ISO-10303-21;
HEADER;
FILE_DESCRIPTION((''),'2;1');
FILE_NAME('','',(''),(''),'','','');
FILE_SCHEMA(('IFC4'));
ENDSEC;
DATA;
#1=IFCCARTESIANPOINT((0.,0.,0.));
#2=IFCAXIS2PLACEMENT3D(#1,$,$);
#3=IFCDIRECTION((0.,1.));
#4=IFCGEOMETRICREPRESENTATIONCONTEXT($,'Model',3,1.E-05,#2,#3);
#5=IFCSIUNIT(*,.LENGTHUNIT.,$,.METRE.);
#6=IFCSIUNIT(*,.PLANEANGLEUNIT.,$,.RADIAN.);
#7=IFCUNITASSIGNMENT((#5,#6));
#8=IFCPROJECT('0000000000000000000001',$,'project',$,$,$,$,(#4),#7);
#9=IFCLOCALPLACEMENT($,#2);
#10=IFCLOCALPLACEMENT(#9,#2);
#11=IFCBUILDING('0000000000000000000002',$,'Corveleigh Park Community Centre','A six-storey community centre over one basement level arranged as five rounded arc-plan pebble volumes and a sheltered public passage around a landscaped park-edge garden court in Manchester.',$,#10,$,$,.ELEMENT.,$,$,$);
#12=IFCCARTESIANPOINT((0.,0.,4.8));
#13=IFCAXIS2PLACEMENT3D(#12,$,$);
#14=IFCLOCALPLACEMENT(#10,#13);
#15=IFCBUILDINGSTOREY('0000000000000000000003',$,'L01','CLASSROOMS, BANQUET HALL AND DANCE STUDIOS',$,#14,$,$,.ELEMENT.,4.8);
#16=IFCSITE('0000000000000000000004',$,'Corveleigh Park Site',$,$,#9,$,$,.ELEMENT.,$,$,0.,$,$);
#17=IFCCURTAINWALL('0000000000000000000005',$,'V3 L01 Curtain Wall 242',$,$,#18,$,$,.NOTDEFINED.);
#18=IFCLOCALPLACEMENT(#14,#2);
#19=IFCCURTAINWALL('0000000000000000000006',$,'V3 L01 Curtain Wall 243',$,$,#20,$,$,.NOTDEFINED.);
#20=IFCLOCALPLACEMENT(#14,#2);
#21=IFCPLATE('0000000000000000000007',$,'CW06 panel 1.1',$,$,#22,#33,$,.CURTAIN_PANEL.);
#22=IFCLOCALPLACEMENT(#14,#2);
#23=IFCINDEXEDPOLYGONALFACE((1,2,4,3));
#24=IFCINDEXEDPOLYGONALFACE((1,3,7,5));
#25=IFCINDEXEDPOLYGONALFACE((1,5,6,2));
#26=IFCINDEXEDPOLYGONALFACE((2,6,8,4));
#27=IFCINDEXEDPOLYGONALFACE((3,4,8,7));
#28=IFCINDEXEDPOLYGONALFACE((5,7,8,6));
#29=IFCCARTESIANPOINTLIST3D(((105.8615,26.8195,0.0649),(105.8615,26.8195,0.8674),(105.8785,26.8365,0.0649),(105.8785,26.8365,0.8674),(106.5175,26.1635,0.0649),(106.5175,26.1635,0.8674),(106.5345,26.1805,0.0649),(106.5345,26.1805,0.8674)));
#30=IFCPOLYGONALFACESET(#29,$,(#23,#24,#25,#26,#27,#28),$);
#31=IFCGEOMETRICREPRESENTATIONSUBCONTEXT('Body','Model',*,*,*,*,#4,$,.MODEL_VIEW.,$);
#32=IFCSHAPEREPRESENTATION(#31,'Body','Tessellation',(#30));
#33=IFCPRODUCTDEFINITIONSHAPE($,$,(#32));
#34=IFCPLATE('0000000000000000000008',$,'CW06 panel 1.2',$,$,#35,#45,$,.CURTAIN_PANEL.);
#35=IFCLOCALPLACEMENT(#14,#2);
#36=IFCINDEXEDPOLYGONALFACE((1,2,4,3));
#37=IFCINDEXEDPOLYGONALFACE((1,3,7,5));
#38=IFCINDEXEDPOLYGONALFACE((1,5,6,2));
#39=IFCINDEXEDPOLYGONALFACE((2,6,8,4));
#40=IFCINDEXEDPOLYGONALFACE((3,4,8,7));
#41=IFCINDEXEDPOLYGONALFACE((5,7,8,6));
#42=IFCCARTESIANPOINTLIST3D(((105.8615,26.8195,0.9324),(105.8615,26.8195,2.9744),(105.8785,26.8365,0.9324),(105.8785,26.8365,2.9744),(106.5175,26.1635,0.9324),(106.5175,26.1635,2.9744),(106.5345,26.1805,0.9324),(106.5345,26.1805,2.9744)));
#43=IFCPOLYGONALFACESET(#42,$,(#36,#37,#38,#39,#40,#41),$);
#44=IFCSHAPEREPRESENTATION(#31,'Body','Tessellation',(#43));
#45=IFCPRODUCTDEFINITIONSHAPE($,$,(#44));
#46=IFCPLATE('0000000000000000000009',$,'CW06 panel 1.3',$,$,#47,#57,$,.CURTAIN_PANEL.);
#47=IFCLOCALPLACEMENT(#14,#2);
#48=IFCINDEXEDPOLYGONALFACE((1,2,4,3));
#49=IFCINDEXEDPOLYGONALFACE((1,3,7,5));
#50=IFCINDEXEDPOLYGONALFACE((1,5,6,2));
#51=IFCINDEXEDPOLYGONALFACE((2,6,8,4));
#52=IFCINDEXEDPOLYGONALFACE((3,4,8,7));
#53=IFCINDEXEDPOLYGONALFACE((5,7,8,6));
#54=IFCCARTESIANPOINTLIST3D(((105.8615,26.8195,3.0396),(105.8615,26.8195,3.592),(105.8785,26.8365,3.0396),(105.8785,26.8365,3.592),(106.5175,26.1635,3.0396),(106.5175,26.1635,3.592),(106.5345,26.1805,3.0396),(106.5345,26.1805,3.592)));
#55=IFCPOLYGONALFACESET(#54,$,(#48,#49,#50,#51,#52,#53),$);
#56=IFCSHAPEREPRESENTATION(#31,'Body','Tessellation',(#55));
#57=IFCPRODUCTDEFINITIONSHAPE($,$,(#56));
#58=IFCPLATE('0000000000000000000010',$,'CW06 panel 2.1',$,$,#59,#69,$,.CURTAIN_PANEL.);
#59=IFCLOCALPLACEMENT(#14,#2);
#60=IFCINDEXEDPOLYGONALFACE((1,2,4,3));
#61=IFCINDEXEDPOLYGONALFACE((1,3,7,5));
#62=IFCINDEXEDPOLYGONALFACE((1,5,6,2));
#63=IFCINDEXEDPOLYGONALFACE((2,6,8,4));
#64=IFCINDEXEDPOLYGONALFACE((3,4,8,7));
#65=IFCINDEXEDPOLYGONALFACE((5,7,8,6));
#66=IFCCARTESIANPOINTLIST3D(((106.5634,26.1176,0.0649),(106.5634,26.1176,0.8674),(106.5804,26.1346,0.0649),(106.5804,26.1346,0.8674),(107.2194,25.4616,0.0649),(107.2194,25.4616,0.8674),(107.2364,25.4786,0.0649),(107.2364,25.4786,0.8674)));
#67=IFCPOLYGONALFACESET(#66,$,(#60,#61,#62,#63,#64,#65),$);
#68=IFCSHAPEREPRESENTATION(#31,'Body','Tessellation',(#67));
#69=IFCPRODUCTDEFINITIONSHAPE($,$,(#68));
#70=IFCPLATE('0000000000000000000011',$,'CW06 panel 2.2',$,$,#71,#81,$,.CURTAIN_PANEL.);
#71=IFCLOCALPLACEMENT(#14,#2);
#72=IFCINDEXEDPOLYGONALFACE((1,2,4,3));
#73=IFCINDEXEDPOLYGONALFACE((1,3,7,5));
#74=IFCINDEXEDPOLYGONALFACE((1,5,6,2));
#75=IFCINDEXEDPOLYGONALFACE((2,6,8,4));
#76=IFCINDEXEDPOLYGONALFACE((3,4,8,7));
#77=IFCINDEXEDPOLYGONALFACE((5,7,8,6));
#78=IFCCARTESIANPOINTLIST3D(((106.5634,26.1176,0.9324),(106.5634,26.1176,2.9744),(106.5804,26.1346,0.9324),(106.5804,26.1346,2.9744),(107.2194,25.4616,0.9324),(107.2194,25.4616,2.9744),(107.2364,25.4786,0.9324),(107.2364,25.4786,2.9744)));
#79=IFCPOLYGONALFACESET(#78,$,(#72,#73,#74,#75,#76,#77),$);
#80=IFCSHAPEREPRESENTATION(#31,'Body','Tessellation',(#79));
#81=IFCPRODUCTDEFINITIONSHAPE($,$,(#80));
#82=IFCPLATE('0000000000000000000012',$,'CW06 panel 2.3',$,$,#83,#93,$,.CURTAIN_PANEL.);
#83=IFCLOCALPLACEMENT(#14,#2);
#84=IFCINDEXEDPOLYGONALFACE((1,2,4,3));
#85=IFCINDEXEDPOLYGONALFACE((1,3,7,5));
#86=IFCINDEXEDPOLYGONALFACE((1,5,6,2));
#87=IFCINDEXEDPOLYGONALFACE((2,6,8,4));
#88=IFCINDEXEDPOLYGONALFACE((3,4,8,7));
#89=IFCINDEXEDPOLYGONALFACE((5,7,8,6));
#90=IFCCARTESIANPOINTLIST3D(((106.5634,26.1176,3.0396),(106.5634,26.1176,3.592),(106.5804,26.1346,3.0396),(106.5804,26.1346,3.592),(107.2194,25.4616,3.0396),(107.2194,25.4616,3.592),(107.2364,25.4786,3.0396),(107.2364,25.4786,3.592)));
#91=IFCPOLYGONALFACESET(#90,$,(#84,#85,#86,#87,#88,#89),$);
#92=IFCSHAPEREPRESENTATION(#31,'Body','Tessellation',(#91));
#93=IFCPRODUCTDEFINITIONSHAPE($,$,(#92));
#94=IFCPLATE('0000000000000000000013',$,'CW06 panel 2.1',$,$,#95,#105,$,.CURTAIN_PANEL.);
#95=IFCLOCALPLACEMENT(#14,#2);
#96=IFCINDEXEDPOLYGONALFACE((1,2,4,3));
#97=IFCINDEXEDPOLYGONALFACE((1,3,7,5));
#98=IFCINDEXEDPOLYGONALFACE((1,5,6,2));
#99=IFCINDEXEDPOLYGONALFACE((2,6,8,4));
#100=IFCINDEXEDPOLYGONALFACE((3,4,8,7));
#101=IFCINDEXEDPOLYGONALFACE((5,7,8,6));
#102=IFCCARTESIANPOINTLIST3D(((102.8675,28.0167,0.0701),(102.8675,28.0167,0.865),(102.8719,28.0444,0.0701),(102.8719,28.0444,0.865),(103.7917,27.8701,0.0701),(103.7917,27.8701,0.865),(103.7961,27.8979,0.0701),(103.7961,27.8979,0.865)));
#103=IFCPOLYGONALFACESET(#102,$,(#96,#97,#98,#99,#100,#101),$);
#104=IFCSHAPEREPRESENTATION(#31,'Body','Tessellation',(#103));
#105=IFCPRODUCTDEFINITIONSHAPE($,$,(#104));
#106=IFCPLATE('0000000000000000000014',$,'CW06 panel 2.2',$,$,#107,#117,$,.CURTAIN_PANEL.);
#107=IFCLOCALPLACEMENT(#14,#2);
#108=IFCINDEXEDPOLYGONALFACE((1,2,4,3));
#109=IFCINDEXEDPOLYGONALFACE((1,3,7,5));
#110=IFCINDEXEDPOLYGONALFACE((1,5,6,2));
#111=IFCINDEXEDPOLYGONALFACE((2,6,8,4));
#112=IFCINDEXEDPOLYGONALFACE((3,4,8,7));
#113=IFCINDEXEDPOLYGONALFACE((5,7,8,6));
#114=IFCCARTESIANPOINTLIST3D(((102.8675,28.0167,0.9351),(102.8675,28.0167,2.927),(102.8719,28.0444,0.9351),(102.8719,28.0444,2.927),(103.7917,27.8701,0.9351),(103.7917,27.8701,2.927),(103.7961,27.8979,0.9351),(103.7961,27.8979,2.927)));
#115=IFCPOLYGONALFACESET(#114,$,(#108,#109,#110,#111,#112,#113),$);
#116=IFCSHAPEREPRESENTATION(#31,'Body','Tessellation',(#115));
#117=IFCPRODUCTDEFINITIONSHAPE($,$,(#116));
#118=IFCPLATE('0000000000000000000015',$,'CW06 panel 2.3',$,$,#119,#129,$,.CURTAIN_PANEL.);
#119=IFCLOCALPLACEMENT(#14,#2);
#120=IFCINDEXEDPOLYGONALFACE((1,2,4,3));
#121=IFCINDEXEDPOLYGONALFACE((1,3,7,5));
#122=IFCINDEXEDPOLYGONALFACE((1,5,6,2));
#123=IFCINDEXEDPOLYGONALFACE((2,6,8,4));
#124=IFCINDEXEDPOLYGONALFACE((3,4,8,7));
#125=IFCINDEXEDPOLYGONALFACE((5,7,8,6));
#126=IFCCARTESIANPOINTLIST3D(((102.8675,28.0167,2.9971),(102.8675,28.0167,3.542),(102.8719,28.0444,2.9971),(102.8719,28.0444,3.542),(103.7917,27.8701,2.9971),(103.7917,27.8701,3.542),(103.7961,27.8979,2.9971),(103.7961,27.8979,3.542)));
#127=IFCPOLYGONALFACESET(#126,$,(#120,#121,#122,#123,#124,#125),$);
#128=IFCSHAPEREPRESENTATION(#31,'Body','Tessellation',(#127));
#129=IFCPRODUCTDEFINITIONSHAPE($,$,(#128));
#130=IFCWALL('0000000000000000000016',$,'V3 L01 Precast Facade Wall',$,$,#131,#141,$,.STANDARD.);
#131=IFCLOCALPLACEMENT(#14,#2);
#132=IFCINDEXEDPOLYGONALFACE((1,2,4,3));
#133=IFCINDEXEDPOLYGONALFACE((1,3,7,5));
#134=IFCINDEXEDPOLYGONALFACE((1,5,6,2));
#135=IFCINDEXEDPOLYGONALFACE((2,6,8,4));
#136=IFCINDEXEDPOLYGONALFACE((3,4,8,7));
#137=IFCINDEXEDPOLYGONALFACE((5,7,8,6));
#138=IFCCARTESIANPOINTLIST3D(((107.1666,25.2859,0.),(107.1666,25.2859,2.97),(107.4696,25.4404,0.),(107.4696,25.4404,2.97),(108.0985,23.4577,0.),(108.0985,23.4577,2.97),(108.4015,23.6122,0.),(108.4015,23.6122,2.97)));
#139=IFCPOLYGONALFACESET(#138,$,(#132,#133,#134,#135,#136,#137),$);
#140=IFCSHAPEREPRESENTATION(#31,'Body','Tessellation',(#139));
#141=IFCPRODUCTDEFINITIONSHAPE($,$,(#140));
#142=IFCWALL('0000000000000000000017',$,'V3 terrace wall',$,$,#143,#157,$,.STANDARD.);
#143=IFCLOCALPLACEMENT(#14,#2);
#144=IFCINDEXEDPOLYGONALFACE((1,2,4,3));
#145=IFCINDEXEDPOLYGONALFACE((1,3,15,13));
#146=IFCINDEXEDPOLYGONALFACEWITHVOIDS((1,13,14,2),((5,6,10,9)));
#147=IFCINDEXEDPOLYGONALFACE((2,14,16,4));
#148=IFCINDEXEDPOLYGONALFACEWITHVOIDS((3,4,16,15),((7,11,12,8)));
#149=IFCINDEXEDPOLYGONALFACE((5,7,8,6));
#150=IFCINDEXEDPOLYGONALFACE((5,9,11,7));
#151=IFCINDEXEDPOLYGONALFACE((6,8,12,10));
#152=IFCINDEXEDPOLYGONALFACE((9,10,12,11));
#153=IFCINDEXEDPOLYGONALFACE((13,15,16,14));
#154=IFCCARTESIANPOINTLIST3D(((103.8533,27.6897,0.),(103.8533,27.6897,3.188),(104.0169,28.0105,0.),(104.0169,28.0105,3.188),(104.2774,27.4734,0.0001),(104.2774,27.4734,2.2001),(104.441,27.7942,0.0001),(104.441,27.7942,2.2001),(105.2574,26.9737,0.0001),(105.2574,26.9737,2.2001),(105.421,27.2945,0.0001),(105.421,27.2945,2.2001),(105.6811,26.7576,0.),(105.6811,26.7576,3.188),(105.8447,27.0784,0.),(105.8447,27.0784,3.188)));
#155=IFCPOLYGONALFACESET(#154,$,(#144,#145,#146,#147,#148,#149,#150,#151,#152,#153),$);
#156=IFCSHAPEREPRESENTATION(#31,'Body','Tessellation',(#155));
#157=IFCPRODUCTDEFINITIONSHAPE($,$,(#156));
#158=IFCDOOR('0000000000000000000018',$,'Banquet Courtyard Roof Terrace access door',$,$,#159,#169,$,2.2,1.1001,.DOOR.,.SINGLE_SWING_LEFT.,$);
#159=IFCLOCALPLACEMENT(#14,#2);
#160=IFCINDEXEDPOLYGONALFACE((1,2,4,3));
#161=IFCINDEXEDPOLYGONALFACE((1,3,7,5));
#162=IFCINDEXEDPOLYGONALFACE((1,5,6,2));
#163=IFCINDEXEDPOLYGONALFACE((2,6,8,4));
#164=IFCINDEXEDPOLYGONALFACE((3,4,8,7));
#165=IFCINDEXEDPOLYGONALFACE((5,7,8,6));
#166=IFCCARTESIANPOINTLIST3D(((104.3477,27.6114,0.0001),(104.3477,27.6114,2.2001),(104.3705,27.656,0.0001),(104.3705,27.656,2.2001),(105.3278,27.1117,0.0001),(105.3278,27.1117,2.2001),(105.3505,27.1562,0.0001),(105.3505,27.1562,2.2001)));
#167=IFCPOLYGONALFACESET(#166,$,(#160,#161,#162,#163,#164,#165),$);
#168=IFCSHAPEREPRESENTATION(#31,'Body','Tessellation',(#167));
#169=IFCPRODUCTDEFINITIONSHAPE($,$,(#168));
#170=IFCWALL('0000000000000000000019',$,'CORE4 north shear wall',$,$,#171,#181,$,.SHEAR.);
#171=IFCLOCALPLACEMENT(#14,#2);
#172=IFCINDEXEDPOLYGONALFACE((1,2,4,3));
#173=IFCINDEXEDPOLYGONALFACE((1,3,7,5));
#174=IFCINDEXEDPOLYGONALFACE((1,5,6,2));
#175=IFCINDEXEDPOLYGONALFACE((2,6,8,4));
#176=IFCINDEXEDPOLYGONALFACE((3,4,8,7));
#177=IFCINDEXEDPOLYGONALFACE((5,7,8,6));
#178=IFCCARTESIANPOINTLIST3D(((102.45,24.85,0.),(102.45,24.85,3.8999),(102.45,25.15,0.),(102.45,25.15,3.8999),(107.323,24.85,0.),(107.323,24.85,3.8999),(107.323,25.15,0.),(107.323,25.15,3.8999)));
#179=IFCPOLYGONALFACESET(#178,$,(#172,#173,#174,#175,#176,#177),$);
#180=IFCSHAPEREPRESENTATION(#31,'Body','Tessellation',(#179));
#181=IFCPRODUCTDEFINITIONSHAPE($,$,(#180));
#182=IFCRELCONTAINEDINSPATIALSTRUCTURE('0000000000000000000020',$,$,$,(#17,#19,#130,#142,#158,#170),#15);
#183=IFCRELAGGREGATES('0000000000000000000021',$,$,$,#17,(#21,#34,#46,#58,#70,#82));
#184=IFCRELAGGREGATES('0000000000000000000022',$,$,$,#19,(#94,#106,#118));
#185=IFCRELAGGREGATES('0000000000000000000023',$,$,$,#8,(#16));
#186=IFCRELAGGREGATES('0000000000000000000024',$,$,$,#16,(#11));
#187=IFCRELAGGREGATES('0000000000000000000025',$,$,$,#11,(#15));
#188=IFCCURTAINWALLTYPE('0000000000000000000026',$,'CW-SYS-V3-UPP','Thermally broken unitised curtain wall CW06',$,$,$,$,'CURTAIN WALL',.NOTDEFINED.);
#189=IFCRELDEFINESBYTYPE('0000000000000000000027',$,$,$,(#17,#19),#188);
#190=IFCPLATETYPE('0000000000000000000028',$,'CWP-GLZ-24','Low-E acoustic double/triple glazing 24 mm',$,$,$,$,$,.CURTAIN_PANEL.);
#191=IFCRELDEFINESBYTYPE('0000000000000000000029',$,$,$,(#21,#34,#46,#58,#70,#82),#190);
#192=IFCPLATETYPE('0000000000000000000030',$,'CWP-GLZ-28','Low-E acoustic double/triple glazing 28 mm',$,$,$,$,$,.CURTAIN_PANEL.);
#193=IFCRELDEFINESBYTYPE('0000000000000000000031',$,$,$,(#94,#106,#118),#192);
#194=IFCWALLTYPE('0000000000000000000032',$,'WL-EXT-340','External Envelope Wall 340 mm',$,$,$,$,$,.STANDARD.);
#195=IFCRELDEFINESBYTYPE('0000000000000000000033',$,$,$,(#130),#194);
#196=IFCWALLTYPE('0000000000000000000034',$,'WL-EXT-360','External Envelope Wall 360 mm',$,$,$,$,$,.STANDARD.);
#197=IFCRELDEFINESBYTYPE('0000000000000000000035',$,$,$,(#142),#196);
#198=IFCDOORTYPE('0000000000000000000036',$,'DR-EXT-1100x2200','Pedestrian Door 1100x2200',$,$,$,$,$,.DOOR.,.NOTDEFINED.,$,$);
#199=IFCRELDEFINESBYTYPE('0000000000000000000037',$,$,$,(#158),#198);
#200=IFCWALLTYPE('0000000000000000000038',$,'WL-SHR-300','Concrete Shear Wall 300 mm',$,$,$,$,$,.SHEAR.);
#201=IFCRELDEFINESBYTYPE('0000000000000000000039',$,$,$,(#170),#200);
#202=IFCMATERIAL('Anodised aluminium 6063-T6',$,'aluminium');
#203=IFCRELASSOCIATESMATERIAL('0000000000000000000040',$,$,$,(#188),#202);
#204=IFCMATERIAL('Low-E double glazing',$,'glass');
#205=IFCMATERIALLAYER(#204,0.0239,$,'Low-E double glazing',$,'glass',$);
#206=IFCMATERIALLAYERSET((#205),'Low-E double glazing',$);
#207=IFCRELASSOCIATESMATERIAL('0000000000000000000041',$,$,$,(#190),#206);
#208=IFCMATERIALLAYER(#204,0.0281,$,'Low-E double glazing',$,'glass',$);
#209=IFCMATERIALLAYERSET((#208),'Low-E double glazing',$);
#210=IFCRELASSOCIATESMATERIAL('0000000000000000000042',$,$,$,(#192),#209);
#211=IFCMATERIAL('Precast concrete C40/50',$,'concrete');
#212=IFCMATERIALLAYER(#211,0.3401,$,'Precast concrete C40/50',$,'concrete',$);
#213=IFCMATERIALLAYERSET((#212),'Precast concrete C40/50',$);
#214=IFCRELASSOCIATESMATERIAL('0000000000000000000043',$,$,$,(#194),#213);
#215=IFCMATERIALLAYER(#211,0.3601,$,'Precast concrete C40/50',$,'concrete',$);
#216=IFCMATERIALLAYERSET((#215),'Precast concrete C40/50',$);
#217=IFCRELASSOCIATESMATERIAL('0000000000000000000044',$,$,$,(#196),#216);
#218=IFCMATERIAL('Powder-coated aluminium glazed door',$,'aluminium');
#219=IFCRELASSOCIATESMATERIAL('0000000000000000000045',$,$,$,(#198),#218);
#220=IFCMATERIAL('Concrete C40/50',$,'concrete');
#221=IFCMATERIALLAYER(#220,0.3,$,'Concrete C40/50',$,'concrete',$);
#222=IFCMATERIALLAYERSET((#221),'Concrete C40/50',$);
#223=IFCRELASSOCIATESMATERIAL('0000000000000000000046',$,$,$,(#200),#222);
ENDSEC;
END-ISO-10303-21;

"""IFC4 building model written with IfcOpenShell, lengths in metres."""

from ifc_helpers import new_model, si_unit, direction, frame, frame_2d, origin, origin_2d, place, context, subcontext, project, spatial, rectangle, extrude, material, layer, layer_set, type_object, element, fill, aggregate, save


model = new_model("IFC4")

# Units and contexts
model_context = context("Model", 3, precision=1e-05, world=origin(), true_north=direction((0.0, 1.0)))
body_context = subcontext(model_context, "Body", "Model", "MODEL_VIEW")
ifc_project = project(units=[si_unit("LENGTHUNIT", "METRE"), si_unit("PLANEANGLEUNIT", "RADIAN")], contexts=[model_context])

# Site, building, storey
site_placement = place(None, origin())
site = spatial("IfcSite", under=ifc_project, at=site_placement, Name="Corveleigh Park Site", CompositionType="ELEMENT", RefElevation=0.0)
building_placement = place(site_placement, origin())
building = spatial("IfcBuilding", under=site, at=building_placement, Name="Corveleigh Park Community Centre", Description="A six-storey community centre over one basement level arranged as five rounded arc-plan pebble volumes and a sheltered public passage around a landscaped park-edge garden court in Manchester.", CompositionType="ELEMENT")
storey_placement = place(building_placement, frame((0.0, 0.0, 4.8)))
storey = spatial("IfcBuildingStorey", under=building, at=storey_placement, Name="L01", Description="CLASSROOMS, BANQUET HALL AND DANCE STUDIOS", CompositionType="ELEMENT", Elevation=4.8)

# Shared definitions
ifc_material_1 = material(Name="Concrete C40/50", Category="concrete")

# Curtain wall
ifc_material_2 = material(Name="Anodised aluminium 6063-T6", Category="aluminium")
curtain_wall_type = type_object("IfcCurtainWallType", Name="CW-SYS-V3-UPP", Description="Thermally broken unitised curtain wall CW06", ElementType="CURTAIN WALL", PredefinedType="NOTDEFINED", material=ifc_material_2)
curtain_wall_1_placement = place(storey_placement, origin())
curtain_wall_1 = element("IfcCurtainWall", 1, at=curtain_wall_1_placement, inside=storey, type_object=curtain_wall_type, Name="V3 L01 Curtain Wall 242", PredefinedType="NOTDEFINED")

# Curtain wall
curtain_wall_2_placement = place(storey_placement, origin())
curtain_wall_2 = element("IfcCurtainWall", 2, at=curtain_wall_2_placement, inside=storey, type_object=curtain_wall_type, Name="V3 L01 Curtain Wall 243", PredefinedType="NOTDEFINED")

# Plates
ifc_material_3 = material(Name="Low-E double glazing", Category="glass")
ifc_layer_1 = layer(ifc_material_3, 0.0239, Name="Low-E double glazing", Category="glass")
ifc_layer_set_1 = layer_set([ifc_layer_1], Name="Low-E double glazing")
plate_type_1 = type_object("IfcPlateType", Name="CWP-GLZ-24", Description="Low-E acoustic double/triple glazing 24 mm", PredefinedType="CURTAIN_PANEL", material=ifc_layer_set_1)
plate_1_placement = place(storey_placement, frame((106.198, 26.5, 0.0649), z_axis=(0.0, 0.0, 1.0), x_axis=(0.707107, -0.707107, 0.0)))
plate_1 = element("IfcPlate", 3, at=plate_1_placement, type_object=plate_type_1, Name="CW06 panel 1.1", PredefinedType="CURTAIN_PANEL", context=body_context, shape_type="SweptSolid", body=[
    extrude(rectangle(XDim=0.9277, YDim=0.0239, at=origin_2d()), origin(), (0.0, 0.0, 1.0), 0.8025),
])
plate_2_placement = place(storey_placement, frame((106.198, 26.5, 0.9324), z_axis=(0.0, 0.0, 1.0), x_axis=(0.707107, -0.707107, 0.0)))
plate_2 = element("IfcPlate", 4, at=plate_2_placement, type_object=plate_type_1, Name="CW06 panel 1.2", PredefinedType="CURTAIN_PANEL", context=body_context, shape_type="SweptSolid", body=[
    extrude(rectangle(XDim=0.9277, YDim=0.0239, at=origin_2d()), origin(), (0.0, 0.0, 1.0), 2.042),
])
plate_3_placement = place(storey_placement, frame((106.198, 26.5, 3.0396), z_axis=(0.0, 0.0, 1.0), x_axis=(0.707107, -0.707107, 0.0)))
plate_3 = element("IfcPlate", 5, at=plate_3_placement, type_object=plate_type_1, Name="CW06 panel 1.3", PredefinedType="CURTAIN_PANEL", context=body_context, shape_type="SweptSolid", body=[
    extrude(rectangle(XDim=0.9277, YDim=0.0239, at=origin_2d()), origin(), (0.0, 0.0, 1.0), 0.5525),
])
plate_4_placement = place(storey_placement, frame((106.8999, 25.7981, 0.0649), z_axis=(0.0, 0.0, 1.0), x_axis=(0.707107, -0.707107, 0.0)))
plate_4 = element("IfcPlate", 6, at=plate_4_placement, type_object=plate_type_1, Name="CW06 panel 2.1", PredefinedType="CURTAIN_PANEL", context=body_context, shape_type="SweptSolid", body=[
    extrude(rectangle(XDim=0.9277, YDim=0.0239, at=origin_2d()), origin(), (0.0, 0.0, 1.0), 0.8025),
])
plate_5_placement = place(storey_placement, frame((106.8999, 25.7981, 0.9324), z_axis=(0.0, 0.0, 1.0), x_axis=(0.707107, -0.707107, 0.0)))
plate_5 = element("IfcPlate", 7, at=plate_5_placement, type_object=plate_type_1, Name="CW06 panel 2.2", PredefinedType="CURTAIN_PANEL", context=body_context, shape_type="SweptSolid", body=[
    extrude(rectangle(XDim=0.9277, YDim=0.0239, at=origin_2d()), origin(), (0.0, 0.0, 1.0), 2.042),
])
plate_6_placement = place(storey_placement, frame((106.8999, 25.7981, 3.0396), z_axis=(0.0, 0.0, 1.0), x_axis=(0.707107, -0.707107, 0.0)))
plate_6 = element("IfcPlate", 8, at=plate_6_placement, type_object=plate_type_1, Name="CW06 panel 2.3", PredefinedType="CURTAIN_PANEL", context=body_context, shape_type="SweptSolid", body=[
    extrude(rectangle(XDim=0.9277, YDim=0.0239, at=origin_2d()), origin(), (0.0, 0.0, 1.0), 0.5525),
])
aggregate(curtain_wall_1, [plate_1, plate_2, plate_3, plate_4, plate_5, plate_6])
ifc_layer_2 = layer(ifc_material_3, 0.0281, Name="Low-E double glazing", Category="glass")
ifc_layer_set_2 = layer_set([ifc_layer_2], Name="Low-E double glazing")
plate_type_2 = type_object("IfcPlateType", Name="CWP-GLZ-28", Description="Low-E acoustic double/triple glazing 28 mm", PredefinedType="CURTAIN_PANEL", material=ifc_layer_set_2)
plate_7_placement = place(storey_placement, frame((103.3318, 27.9573, 0.0701), z_axis=(0.0, 0.0, 1.0), x_axis=(0.987661, -0.156604, 0.0)))
plate_7 = element("IfcPlate", 9, at=plate_7_placement, type_object=plate_type_2, Name="CW06 panel 2.1", PredefinedType="CURTAIN_PANEL", context=body_context, shape_type="SweptSolid", body=[
    extrude(rectangle(XDim=0.9358, YDim=0.0281, at=origin_2d()), origin(), (0.0, 0.0, 1.0), 0.7949),
])
plate_8_placement = place(storey_placement, frame((103.3318, 27.9573, 0.9351), z_axis=(0.0, 0.0, 1.0), x_axis=(0.987661, -0.156604, 0.0)))
plate_8 = element("IfcPlate", 10, at=plate_8_placement, type_object=plate_type_2, Name="CW06 panel 2.2", PredefinedType="CURTAIN_PANEL", context=body_context, shape_type="SweptSolid", body=[
    extrude(rectangle(XDim=0.9358, YDim=0.0281, at=origin_2d()), origin(), (0.0, 0.0, 1.0), 1.9919),
])
plate_9_placement = place(storey_placement, frame((103.3318, 27.9573, 2.9971), z_axis=(0.0, 0.0, 1.0), x_axis=(0.987661, -0.156604, 0.0)))
plate_9 = element("IfcPlate", 11, at=plate_9_placement, type_object=plate_type_2, Name="CW06 panel 2.3", PredefinedType="CURTAIN_PANEL", context=body_context, shape_type="SweptSolid", body=[
    extrude(rectangle(XDim=0.9358, YDim=0.0281, at=origin_2d()), origin(), (0.0, 0.0, 1.0), 0.5449),
])
aggregate(curtain_wall_2, [plate_7, plate_8, plate_9])

# Wall
ifc_material_4 = material(Name="Precast concrete C40/50", Category="concrete")
ifc_layer_3 = layer(ifc_material_4, 0.3401, Name="Precast concrete C40/50", Category="concrete")
ifc_layer_set_3 = layer_set([ifc_layer_3], Name="Precast concrete C40/50")
wall_type_1 = type_object("IfcWallType", Name="WL-EXT-340", Description="External Envelope Wall 340 mm", PredefinedType="STANDARD", material=ifc_layer_set_3)
wall_1_placement = place(storey_placement, frame((107.3181, 25.363, 0.0), z_axis=(0.0, 0.0, 1.0), x_axis=(0.454149, -0.890926, 0.0)))
element("IfcWall", 12, at=wall_1_placement, inside=storey, type_object=wall_type_1, Name="V3 L01 Precast Facade Wall", PredefinedType="STANDARD", context=body_context, shape_type="SweptSolid", body=[
    extrude(rectangle(XDim=2.052, YDim=0.3401, at=frame_2d((1.0259, 0.0))), origin(), (0.0, 0.0, 1.0), 2.97),
])

# Wall, opening, door
ifc_layer_4 = layer(ifc_material_4, 0.3601, Name="Precast concrete C40/50", Category="concrete")
ifc_layer_set_4 = layer_set([ifc_layer_4], Name="Precast concrete C40/50")
wall_type_2 = type_object("IfcWallType", Name="WL-EXT-360", Description="External Envelope Wall 360 mm", PredefinedType="STANDARD", material=ifc_layer_set_4)
wall_2_placement = place(storey_placement, frame((103.9351, 27.8501, 0.0), z_axis=(0.0, 0.0, 1.0), x_axis=(0.890853, -0.454291, 0.0)))
wall_2 = element("IfcWall", 13, at=wall_2_placement, inside=storey, type_object=wall_type_2, Name="V3 terrace wall", PredefinedType="STANDARD", context=body_context, shape_type="SweptSolid", body=[
    extrude(rectangle(XDim=2.0518, YDim=0.3601, at=frame_2d((1.0259, 0.0))), origin(), (0.0, 0.0, 1.0), 3.188),
])
opening_placement = place(wall_2_placement, frame((0.4761, 0.0, 0.0)))
opening = element("IfcOpeningElement", 14, at=opening_placement, cuts=wall_2, PredefinedType="OPENING", context=body_context, shape_type="SweptSolid", body=[
    extrude(rectangle(XDim=1.1001, YDim=2.2, at=frame_2d((0.55, 1.1001))), frame((0.0, 0.1899, 0.0), z_axis=(0.0, -1.0, 0.0), x_axis=(1.0, 0.0, 0.0)), (0.0, 0.0, 1.0), 0.3801),
])
ifc_material_5 = material(Name="Powder-coated aluminium glazed door", Category="aluminium")
door_type = type_object("IfcDoorType", Name="DR-EXT-1100x2200", Description="Pedestrian Door 1100x2200", OperationType="NOTDEFINED", PredefinedType="DOOR", material=ifc_material_5)
door_placement = place(opening_placement, origin())
door = element("IfcDoor", 15, at=door_placement, inside=storey, type_object=door_type, Name="Banquet Courtyard Roof Terrace access door", OperationType="SINGLE_SWING_LEFT", OverallHeight=2.2, OverallWidth=1.1001, PredefinedType="DOOR", context=body_context, shape_type="SweptSolid", body=[
    extrude(rectangle(XDim=1.1001, YDim=2.2, at=frame_2d((0.55, 1.1001))), frame((0.0, 0.0249, 0.0), z_axis=(0.0, -1.0, 0.0), x_axis=(1.0, 0.0, 0.0)), (0.0, 0.0, 1.0), 0.05),
])
fill(opening, door)

# Wall
ifc_layer_5 = layer(ifc_material_1, 0.3, Name="Concrete C40/50", Category="concrete")
ifc_layer_set_5 = layer_set([ifc_layer_5], Name="Concrete C40/50")
wall_type_3 = type_object("IfcWallType", Name="WL-SHR-300", Description="Concrete Shear Wall 300 mm", PredefinedType="SHEAR", material=ifc_layer_set_5)
wall_3_placement = place(storey_placement, frame((107.323, 25.0, 0.0), z_axis=(0.0, 0.0, 1.0), x_axis=(-1.0, 0.0, 0.0)))
element("IfcWall", 16, at=wall_3_placement, inside=storey, type_object=wall_type_3, Name="CORE4 north shear wall", PredefinedType="SHEAR", context=body_context, shape_type="SweptSolid", body=[
    extrude(rectangle(XDim=4.873, YDim=0.3, at=frame_2d((2.4365, 0.0))), origin(), (0.0, 0.0, 1.0), 3.8999),
])

save(model, "model.ifc")
